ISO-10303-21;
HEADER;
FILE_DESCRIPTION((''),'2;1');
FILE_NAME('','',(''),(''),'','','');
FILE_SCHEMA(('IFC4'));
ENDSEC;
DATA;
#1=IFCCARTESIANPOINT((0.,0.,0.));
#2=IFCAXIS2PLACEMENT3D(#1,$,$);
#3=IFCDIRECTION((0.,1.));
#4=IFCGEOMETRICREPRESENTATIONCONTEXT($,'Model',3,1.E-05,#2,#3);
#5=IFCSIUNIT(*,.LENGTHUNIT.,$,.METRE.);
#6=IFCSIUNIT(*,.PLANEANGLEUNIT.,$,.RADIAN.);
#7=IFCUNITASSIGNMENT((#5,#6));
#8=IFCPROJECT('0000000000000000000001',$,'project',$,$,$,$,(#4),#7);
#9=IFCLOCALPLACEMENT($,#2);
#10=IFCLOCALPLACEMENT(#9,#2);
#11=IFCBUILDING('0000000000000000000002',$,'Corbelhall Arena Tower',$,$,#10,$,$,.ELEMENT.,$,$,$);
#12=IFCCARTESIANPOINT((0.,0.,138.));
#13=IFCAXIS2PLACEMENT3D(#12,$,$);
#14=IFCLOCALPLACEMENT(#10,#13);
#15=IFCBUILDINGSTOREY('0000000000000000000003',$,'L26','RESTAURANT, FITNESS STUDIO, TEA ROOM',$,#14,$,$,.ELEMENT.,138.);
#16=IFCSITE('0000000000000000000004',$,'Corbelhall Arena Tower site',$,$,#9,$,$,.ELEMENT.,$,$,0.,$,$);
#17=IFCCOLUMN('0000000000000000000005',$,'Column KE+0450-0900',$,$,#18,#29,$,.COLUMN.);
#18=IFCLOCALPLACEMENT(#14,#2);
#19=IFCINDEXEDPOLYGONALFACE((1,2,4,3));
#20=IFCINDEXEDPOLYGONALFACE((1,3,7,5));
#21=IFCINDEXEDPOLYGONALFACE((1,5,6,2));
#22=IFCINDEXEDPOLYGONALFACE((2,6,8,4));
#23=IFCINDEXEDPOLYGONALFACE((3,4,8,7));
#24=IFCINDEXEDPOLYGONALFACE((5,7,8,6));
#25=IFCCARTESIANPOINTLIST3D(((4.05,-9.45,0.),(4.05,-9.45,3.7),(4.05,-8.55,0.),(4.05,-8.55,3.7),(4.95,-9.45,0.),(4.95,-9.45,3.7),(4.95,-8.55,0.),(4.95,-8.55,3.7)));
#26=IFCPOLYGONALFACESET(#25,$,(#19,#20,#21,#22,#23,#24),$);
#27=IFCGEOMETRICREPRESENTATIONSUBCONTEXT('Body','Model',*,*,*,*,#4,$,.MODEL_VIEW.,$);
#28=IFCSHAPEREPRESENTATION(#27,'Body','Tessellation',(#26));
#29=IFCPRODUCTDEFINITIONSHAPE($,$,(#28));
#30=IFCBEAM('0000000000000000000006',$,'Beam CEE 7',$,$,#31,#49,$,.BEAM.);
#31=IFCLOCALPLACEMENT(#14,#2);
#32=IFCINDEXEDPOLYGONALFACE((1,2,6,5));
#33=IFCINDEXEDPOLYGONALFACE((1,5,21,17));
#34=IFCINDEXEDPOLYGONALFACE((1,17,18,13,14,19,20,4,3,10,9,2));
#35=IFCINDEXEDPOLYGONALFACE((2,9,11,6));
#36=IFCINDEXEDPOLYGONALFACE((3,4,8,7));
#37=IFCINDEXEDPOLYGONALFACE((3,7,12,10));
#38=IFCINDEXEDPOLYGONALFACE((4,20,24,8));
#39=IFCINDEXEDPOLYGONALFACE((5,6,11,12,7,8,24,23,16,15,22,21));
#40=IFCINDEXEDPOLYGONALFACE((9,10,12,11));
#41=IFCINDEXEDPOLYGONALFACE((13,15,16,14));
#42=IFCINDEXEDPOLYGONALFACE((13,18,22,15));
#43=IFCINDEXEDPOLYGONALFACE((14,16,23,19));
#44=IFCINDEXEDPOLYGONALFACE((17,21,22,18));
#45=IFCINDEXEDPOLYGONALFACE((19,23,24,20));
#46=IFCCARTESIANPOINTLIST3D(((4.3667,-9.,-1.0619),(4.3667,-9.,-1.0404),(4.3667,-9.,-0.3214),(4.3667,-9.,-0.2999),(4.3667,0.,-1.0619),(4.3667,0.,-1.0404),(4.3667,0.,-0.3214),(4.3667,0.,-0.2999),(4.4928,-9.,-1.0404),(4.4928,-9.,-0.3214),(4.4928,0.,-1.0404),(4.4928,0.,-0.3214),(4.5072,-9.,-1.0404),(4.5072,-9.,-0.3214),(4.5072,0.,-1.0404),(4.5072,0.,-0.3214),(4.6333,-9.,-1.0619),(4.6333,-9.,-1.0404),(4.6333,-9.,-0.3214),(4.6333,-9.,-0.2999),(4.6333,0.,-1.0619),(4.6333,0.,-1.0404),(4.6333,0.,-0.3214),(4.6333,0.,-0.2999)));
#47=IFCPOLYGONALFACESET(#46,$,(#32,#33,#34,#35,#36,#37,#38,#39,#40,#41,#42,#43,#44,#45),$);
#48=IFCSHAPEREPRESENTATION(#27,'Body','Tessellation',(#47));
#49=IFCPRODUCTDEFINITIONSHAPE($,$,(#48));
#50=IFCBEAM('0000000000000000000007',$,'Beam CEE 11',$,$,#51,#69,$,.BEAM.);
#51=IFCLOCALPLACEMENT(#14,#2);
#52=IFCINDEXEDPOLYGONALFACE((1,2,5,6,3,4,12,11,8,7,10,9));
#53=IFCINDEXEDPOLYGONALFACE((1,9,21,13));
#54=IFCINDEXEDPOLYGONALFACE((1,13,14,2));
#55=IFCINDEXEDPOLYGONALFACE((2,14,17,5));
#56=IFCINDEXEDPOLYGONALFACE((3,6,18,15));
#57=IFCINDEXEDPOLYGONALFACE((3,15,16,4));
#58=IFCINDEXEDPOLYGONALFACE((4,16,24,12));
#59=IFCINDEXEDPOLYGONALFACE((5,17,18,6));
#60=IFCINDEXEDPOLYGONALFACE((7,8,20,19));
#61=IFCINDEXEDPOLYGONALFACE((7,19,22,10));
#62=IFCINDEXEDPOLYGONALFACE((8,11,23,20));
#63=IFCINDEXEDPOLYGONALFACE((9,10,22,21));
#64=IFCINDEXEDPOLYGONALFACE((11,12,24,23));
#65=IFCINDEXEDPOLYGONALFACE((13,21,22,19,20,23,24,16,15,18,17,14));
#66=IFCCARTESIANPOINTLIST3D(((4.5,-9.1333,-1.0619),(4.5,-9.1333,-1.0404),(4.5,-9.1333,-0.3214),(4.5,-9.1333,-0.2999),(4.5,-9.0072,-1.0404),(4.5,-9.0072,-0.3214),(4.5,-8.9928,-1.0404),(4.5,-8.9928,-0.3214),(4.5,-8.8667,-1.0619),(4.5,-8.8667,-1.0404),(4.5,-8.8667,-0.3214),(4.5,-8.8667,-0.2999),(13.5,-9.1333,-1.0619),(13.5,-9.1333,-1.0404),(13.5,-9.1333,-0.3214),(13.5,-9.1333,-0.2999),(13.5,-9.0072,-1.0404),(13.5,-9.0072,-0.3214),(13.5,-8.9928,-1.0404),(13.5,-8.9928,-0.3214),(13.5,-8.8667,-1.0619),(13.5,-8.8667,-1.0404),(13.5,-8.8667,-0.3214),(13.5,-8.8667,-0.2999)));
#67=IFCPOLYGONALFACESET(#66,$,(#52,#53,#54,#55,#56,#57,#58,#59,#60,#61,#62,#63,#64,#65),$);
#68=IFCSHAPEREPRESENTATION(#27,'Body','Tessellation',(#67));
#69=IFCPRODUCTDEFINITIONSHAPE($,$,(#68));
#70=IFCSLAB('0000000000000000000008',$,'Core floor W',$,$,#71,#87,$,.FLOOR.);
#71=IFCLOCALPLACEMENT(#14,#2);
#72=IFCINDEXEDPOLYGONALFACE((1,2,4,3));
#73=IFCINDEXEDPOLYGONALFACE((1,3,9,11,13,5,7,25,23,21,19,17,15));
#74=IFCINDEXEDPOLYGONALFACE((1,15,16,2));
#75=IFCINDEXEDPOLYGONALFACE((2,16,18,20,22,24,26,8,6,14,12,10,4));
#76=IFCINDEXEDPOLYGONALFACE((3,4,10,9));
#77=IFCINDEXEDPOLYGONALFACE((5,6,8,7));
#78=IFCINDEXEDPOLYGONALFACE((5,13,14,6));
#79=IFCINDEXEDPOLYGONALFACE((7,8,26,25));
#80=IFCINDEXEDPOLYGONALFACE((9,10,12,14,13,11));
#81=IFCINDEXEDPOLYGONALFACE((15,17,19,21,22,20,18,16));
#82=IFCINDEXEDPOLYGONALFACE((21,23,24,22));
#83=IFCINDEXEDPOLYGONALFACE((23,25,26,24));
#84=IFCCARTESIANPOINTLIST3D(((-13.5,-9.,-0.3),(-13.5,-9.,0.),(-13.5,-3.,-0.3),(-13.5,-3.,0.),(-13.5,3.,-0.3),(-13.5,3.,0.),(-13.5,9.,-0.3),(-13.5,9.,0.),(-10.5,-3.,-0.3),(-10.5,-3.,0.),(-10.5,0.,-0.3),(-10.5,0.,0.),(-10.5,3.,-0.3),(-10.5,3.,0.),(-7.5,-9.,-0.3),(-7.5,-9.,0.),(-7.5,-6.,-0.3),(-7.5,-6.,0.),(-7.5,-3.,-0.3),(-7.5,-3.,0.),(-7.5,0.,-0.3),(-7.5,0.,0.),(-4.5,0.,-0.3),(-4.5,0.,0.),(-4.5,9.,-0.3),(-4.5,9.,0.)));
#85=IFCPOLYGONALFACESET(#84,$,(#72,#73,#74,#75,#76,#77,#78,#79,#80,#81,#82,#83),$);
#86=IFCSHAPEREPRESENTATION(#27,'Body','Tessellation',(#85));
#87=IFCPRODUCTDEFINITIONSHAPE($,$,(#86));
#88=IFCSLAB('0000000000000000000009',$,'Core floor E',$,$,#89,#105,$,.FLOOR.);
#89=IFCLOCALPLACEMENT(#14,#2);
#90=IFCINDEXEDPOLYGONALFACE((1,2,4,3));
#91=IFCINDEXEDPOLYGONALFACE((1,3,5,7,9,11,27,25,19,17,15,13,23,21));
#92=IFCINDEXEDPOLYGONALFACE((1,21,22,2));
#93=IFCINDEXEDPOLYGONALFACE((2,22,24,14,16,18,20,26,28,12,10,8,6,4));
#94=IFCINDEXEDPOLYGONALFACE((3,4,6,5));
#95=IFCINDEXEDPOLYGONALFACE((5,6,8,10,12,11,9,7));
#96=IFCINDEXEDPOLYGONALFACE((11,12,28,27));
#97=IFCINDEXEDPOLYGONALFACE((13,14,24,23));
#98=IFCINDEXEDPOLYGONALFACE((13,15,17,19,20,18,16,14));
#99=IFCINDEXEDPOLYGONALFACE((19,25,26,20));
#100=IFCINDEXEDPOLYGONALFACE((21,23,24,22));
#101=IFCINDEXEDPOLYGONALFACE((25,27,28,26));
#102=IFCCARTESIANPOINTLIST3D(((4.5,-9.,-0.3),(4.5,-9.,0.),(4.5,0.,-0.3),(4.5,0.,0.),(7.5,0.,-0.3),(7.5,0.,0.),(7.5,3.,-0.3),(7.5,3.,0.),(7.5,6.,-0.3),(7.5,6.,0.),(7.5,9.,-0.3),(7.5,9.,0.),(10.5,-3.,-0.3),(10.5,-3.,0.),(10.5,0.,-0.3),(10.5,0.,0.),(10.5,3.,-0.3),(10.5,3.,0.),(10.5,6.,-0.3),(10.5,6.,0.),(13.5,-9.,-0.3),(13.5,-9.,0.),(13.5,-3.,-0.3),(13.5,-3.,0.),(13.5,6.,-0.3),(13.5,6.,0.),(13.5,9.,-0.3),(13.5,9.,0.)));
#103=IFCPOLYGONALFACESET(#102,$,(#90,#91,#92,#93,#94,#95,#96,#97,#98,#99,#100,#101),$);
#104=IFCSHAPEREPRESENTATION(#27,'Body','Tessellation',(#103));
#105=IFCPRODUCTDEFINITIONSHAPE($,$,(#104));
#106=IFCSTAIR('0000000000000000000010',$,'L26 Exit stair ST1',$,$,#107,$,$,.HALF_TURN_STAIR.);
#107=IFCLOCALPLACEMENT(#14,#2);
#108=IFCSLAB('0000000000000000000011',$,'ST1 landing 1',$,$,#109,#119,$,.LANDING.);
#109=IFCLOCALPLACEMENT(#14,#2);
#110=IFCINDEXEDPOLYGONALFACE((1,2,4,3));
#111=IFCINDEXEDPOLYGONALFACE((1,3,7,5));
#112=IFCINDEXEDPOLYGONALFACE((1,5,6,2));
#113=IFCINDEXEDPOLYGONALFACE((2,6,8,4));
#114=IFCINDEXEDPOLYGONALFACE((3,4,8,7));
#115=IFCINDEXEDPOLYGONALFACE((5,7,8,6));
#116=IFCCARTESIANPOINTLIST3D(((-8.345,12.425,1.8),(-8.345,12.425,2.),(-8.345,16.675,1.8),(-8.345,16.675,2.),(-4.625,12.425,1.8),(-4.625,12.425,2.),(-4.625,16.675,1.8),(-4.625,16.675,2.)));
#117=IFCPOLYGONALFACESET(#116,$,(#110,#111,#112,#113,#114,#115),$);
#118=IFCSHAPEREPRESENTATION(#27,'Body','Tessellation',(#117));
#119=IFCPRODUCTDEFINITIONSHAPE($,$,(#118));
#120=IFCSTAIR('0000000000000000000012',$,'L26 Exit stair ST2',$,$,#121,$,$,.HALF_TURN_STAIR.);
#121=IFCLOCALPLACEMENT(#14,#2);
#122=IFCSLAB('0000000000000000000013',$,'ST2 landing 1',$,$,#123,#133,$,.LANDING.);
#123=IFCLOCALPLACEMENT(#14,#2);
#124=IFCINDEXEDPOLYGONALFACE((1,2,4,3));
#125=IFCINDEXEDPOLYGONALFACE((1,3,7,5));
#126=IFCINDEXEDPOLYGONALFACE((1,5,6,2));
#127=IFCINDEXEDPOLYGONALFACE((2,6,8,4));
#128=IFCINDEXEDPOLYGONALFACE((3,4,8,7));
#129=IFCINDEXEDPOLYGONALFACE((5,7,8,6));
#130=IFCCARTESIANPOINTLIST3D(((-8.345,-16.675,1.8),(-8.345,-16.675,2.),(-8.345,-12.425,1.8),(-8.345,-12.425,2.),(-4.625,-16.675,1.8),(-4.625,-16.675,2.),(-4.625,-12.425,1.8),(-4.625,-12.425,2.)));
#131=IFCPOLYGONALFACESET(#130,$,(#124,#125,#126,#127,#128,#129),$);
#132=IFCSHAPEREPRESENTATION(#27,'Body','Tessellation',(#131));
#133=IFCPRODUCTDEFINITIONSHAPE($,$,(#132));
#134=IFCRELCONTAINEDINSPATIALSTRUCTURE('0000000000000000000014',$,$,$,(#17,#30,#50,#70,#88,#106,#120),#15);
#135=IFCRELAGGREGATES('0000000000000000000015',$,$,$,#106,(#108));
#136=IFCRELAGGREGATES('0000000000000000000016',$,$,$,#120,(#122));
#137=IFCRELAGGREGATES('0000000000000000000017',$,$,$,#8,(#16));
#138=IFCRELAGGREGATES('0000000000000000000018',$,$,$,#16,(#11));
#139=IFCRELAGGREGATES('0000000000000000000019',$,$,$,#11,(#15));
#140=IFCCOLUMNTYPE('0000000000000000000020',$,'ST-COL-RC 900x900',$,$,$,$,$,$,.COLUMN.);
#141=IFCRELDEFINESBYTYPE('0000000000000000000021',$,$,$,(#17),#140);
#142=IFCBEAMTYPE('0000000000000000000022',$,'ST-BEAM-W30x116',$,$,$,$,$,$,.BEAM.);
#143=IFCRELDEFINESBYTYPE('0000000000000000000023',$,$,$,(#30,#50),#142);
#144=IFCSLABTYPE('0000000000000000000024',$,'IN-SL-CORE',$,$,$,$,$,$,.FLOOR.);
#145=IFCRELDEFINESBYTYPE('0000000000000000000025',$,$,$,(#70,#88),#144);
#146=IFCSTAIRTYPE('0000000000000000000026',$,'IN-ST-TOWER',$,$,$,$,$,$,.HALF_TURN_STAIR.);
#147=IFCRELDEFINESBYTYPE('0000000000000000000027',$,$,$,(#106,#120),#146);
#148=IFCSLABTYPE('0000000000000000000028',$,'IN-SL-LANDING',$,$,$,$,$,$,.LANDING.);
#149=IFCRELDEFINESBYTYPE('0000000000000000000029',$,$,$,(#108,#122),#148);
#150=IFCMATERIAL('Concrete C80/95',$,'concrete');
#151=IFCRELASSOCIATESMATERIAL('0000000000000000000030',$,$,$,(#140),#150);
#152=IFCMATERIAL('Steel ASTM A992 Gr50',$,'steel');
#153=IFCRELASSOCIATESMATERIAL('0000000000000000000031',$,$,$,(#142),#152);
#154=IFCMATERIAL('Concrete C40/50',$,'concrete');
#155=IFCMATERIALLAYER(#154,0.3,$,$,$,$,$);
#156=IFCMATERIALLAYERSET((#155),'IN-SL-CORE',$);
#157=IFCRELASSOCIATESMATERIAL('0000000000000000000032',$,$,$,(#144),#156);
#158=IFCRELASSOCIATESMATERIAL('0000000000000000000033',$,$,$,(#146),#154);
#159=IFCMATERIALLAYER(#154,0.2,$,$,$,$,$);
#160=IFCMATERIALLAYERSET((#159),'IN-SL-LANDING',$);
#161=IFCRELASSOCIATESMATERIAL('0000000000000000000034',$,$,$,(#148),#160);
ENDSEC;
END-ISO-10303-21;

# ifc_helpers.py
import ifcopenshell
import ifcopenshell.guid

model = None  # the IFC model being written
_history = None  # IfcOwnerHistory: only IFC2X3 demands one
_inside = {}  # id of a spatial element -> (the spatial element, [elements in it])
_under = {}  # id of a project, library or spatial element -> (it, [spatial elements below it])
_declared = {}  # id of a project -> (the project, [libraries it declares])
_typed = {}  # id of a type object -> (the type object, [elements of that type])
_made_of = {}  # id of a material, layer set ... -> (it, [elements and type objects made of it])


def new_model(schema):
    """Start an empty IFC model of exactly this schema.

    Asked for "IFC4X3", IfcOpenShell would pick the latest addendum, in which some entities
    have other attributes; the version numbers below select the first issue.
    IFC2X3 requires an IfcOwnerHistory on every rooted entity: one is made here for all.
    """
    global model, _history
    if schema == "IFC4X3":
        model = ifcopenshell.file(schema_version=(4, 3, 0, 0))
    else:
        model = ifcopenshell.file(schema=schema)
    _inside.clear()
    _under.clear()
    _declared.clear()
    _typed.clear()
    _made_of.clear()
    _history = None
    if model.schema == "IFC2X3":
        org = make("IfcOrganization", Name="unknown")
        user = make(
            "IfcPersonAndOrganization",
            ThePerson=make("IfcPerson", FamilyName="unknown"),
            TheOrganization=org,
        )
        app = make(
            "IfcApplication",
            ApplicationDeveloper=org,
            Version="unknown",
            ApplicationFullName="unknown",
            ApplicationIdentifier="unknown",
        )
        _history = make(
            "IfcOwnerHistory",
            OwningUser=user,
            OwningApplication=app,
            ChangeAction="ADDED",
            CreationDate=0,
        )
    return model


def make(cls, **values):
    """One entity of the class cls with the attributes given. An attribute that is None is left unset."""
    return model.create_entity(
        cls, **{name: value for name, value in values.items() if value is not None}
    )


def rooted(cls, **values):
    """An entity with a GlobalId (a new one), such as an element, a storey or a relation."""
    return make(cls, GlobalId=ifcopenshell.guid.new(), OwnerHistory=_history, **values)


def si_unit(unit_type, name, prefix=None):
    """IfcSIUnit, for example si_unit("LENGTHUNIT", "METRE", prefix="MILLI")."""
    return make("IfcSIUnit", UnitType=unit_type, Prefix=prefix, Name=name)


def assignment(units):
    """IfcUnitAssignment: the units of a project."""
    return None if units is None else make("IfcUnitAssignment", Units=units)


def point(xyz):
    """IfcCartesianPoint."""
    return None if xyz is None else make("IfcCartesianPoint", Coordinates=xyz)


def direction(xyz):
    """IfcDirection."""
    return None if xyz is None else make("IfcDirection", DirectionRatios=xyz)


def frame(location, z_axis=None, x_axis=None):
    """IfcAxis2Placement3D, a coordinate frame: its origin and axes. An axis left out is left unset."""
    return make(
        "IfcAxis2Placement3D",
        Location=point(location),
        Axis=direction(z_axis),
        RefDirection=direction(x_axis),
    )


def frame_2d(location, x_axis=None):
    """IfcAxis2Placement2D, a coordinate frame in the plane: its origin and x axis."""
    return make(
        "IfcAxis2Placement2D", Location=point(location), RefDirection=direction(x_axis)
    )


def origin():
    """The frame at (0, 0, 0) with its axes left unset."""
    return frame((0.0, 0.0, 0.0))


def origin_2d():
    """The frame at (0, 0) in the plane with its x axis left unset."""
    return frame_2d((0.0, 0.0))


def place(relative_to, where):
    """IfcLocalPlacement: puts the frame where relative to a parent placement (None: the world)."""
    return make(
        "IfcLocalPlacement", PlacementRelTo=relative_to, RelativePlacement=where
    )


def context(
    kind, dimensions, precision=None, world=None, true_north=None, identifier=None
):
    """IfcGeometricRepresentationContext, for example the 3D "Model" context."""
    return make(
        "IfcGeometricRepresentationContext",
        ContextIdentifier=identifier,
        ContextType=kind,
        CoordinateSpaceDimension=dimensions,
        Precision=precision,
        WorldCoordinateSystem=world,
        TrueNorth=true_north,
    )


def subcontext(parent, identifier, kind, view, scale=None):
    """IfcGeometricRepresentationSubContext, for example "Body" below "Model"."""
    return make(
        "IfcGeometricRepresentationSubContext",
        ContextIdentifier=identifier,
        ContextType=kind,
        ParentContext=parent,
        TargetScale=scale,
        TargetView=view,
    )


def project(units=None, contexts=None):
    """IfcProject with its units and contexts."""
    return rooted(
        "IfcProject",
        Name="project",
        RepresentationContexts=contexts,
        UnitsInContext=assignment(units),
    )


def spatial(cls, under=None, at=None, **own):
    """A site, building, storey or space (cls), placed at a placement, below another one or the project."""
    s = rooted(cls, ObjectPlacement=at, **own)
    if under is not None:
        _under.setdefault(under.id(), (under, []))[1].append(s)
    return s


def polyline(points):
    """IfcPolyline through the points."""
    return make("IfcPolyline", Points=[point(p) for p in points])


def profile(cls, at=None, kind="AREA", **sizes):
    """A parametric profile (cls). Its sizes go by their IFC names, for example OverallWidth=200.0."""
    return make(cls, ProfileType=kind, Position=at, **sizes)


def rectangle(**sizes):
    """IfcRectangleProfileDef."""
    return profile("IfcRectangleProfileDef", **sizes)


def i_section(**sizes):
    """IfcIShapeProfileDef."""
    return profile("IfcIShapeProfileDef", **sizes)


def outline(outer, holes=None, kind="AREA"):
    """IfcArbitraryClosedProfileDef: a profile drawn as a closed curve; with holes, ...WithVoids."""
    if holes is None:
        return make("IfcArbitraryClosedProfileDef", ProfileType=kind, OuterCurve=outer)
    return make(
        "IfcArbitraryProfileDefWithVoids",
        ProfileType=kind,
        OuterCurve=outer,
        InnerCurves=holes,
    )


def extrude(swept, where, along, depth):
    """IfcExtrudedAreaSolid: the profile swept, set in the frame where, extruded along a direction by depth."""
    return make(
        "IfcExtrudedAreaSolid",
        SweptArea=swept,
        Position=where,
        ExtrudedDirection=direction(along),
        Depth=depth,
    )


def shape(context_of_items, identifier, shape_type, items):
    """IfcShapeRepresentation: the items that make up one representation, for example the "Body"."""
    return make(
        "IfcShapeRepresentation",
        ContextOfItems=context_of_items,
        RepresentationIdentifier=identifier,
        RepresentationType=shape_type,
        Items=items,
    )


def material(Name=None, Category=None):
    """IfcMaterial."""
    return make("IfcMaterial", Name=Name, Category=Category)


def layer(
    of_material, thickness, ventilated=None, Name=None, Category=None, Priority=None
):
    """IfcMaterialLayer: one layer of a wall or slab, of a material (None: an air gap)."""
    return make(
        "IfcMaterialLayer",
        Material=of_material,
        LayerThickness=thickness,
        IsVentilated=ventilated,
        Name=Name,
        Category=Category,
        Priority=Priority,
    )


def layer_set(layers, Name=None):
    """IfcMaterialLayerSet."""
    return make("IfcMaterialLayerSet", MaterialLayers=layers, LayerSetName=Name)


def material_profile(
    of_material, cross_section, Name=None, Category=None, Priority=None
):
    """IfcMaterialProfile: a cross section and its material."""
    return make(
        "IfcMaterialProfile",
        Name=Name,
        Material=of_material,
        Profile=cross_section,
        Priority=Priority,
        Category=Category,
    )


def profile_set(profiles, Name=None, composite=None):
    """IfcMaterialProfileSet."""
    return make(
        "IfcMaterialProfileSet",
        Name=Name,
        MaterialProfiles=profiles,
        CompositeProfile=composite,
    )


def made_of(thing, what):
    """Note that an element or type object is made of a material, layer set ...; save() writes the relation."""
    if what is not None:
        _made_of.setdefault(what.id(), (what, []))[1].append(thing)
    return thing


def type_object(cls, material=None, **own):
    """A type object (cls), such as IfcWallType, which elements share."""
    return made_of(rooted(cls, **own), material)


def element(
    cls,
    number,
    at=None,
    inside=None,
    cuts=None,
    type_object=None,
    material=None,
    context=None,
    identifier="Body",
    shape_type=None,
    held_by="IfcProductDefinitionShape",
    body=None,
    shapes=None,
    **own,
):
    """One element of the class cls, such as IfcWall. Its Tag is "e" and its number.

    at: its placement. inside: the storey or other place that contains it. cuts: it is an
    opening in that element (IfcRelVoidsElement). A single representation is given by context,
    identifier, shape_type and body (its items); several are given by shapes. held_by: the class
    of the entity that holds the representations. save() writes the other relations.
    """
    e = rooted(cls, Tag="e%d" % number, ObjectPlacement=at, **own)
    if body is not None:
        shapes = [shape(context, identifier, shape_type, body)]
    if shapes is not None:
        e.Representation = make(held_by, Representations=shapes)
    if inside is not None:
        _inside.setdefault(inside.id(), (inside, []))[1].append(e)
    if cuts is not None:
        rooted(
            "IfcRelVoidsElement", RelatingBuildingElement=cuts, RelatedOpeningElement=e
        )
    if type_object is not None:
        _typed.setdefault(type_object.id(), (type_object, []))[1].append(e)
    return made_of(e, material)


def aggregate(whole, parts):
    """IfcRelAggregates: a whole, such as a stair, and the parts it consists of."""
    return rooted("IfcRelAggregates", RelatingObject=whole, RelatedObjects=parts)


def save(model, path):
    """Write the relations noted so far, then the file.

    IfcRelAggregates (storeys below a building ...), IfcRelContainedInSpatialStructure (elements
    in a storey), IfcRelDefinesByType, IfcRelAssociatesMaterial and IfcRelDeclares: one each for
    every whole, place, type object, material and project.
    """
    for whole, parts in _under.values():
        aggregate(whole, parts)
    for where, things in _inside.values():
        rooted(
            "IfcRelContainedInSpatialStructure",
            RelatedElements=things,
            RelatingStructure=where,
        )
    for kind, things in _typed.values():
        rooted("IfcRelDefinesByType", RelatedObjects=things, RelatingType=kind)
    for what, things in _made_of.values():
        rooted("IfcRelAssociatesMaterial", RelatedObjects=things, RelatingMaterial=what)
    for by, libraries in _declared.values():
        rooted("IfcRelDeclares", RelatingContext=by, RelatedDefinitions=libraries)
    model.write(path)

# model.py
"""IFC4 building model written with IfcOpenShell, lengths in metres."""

from ifc_helpers import new_model, si_unit, direction, frame, origin, origin_2d, place, context, subcontext, project, spatial, polyline, rectangle, i_section, outline, extrude, material, layer, layer_set, material_profile, profile_set, type_object, element, aggregate, save


model = new_model("IFC4")

# Units and contexts
model_context = context("Model", 3, precision=1e-05, world=origin(), true_north=direction((0.0, 1.0)))
body_context = subcontext(model_context, "Body", "Model", "MODEL_VIEW")
ifc_project = project(units=[si_unit("LENGTHUNIT", "METRE"), si_unit("PLANEANGLEUNIT", "RADIAN")], contexts=[model_context])

# Site, building, storey
site_placement = place(None, origin())
site = spatial("IfcSite", under=ifc_project, at=site_placement, Name="Corbelhall Arena Tower site", CompositionType="ELEMENT", RefElevation=0.0)
building_placement = place(site_placement, origin())
building = spatial("IfcBuilding", under=site, at=building_placement, Name="Corbelhall Arena Tower", CompositionType="ELEMENT")
storey_placement = place(building_placement, frame((0.0, 0.0, 138.0)))
storey = spatial("IfcBuildingStorey", under=building, at=storey_placement, Name="L26", Description="RESTAURANT, FITNESS STUDIO, TEA ROOM", CompositionType="ELEMENT", Elevation=138.0)

# Column
ifc_material_1 = material(Name="Concrete C80/95", Category="concrete")
ifc_material_profile_1 = material_profile(ifc_material_1, rectangle(XDim=0.8999, YDim=0.8999, at=origin_2d()))
ifc_profile_set_1 = profile_set([ifc_material_profile_1], Name="Concrete C80/95")
column_type = type_object("IfcColumnType", Name="ST-COL-RC 900x900", PredefinedType="COLUMN", material=ifc_profile_set_1)
column_placement = place(storey_placement, frame((4.5, -9.0, 0.0), z_axis=(0.0, 0.0, 1.0), x_axis=(1.0, 0.0, 0.0)))
element("IfcColumn", 1, at=column_placement, inside=storey, type_object=column_type, Name="Column KE+0450-0900", PredefinedType="COLUMN", context=body_context, shape_type="SweptSolid", body=[
    extrude(rectangle(XDim=0.8999, YDim=0.8999, at=origin_2d()), origin(), (0.0, 0.0, 1.0), 3.7),
])

# Beams
ifc_material_2 = material(Name="Steel ASTM A992 Gr50", Category="steel")
ifc_material_profile_2 = material_profile(ifc_material_2, i_section(OverallWidth=0.2666, OverallDepth=0.762, WebThickness=0.0144, FlangeThickness=0.0215, at=origin_2d()))
ifc_profile_set_2 = profile_set([ifc_material_profile_2], Name="Steel ASTM A992 Gr50")
beam_type = type_object("IfcBeamType", Name="ST-BEAM-W30x116", PredefinedType="BEAM", material=ifc_profile_set_2)
for number, where, z_axis, x_axis, name in (
    (2, (4.5, -9.0, -0.6809), (0.0, 1.0, 0.0), (-1.0, 0.0, 0.0), "Beam CEE 7"),
    (3, (4.5, -9.0, -0.6809), (1.0, 0.0, 0.0), (0.0, 1.0, 0.0), "Beam CEE 11"),
):
    element("IfcBeam", number, at=place(storey_placement, frame(where, z_axis=z_axis, x_axis=x_axis)), inside=storey, type_object=beam_type, Name=name, PredefinedType="BEAM", context=body_context, shape_type="SweptSolid", body=[
        extrude(i_section(OverallWidth=0.2666, OverallDepth=0.762, WebThickness=0.0144, FlangeThickness=0.0215, at=origin_2d()), origin(), (0.0, 0.0, 1.0), 9.0),
    ])

# Slabs
ifc_material_3 = material(Name="Concrete C40/50", Category="concrete")
ifc_layer_1 = layer(ifc_material_3, 0.3)
ifc_layer_set_1 = layer_set([ifc_layer_1], Name="IN-SL-CORE")
slab_type_1 = type_object("IfcSlabType", Name="IN-SL-CORE", PredefinedType="FLOOR", material=ifc_layer_set_1)
slab_1_placement = place(storey_placement, frame((0.0, 0.0, -0.3)))
element("IfcSlab", 4, at=slab_1_placement, inside=storey, type_object=slab_type_1, Name="Core floor W", PredefinedType="FLOOR", context=body_context, shape_type="SweptSolid", body=[
    extrude(outline(polyline([(-7.5, 0.0), (-4.5, 0.0), (-4.5, 9.0), (-13.5, 9.0), (-13.5, 3.0), (-10.5, 3.0), (-10.5, 0.0), (-10.5, -3.0), (-13.5, -3.0), (-13.5, -9.0), (-7.5, -9.0), (-7.5, -6.0), (-7.5, -3.0), (-7.5, 0.0)])), origin(), (0.0, 0.0, 1.0), 0.3),
])
slab_2_placement = place(storey_placement, frame((0.0, 0.0, -0.3)))
element("IfcSlab", 5, at=slab_2_placement, inside=storey, type_object=slab_type_1, Name="Core floor E", PredefinedType="FLOOR", context=body_context, shape_type="SweptSolid", body=[
    extrude(outline(polyline([(7.5, 0.0), (4.5, 0.0), (4.5, -9.0), (13.5, -9.0), (13.5, -3.0), (10.5, -3.0), (10.5, 0.0), (10.5, 3.0), (10.5, 6.0), (13.5, 6.0), (13.5, 9.0), (7.5, 9.0), (7.5, 6.0), (7.5, 3.0), (7.5, 0.0)])), origin(), (0.0, 0.0, 1.0), 0.3),
])

# Stairs, slabs
stair_type = type_object("IfcStairType", Name="IN-ST-TOWER", PredefinedType="HALF_TURN_STAIR", material=ifc_material_3)
stair_1_placement = place(storey_placement, origin())
stair_1 = element("IfcStair", 6, at=stair_1_placement, inside=storey, type_object=stair_type, Name="L26 Exit stair ST1", PredefinedType="HALF_TURN_STAIR")
ifc_layer_2 = layer(ifc_material_3, 0.2)
ifc_layer_set_2 = layer_set([ifc_layer_2], Name="IN-SL-LANDING")
slab_type_2 = type_object("IfcSlabType", Name="IN-SL-LANDING", PredefinedType="LANDING", material=ifc_layer_set_2)
slab_3_placement = place(storey_placement, frame((0.0, 0.0, 1.8)))
slab_3 = element("IfcSlab", 7, at=slab_3_placement, type_object=slab_type_2, Name="ST1 landing 1", PredefinedType="LANDING", context=body_context, shape_type="SweptSolid", body=[
    extrude(outline(polyline([(-8.345, 12.425), (-4.625, 12.425), (-4.625, 16.675), (-8.345, 16.675), (-8.345, 12.425)])), origin(), (0.0, 0.0, 1.0), 0.2),
])
aggregate(stair_1, [slab_3])
stair_2_placement = place(storey_placement, origin())
stair_2 = element("IfcStair", 8, at=stair_2_placement, inside=storey, type_object=stair_type, Name="L26 Exit stair ST2", PredefinedType="HALF_TURN_STAIR")
slab_4_placement = place(storey_placement, frame((0.0, 0.0, 1.8)))
slab_4 = element("IfcSlab", 9, at=slab_4_placement, type_object=slab_type_2, Name="ST2 landing 1", PredefinedType="LANDING", context=body_context, shape_type="SweptSolid", body=[
    extrude(outline(polyline([(-8.345, -16.675), (-4.625, -16.675), (-4.625, -12.425), (-8.345, -12.425), (-8.345, -16.675)])), origin(), (0.0, 0.0, 1.0), 0.2),
])
aggregate(stair_2, [slab_4])

save(model, "model.ifc")
